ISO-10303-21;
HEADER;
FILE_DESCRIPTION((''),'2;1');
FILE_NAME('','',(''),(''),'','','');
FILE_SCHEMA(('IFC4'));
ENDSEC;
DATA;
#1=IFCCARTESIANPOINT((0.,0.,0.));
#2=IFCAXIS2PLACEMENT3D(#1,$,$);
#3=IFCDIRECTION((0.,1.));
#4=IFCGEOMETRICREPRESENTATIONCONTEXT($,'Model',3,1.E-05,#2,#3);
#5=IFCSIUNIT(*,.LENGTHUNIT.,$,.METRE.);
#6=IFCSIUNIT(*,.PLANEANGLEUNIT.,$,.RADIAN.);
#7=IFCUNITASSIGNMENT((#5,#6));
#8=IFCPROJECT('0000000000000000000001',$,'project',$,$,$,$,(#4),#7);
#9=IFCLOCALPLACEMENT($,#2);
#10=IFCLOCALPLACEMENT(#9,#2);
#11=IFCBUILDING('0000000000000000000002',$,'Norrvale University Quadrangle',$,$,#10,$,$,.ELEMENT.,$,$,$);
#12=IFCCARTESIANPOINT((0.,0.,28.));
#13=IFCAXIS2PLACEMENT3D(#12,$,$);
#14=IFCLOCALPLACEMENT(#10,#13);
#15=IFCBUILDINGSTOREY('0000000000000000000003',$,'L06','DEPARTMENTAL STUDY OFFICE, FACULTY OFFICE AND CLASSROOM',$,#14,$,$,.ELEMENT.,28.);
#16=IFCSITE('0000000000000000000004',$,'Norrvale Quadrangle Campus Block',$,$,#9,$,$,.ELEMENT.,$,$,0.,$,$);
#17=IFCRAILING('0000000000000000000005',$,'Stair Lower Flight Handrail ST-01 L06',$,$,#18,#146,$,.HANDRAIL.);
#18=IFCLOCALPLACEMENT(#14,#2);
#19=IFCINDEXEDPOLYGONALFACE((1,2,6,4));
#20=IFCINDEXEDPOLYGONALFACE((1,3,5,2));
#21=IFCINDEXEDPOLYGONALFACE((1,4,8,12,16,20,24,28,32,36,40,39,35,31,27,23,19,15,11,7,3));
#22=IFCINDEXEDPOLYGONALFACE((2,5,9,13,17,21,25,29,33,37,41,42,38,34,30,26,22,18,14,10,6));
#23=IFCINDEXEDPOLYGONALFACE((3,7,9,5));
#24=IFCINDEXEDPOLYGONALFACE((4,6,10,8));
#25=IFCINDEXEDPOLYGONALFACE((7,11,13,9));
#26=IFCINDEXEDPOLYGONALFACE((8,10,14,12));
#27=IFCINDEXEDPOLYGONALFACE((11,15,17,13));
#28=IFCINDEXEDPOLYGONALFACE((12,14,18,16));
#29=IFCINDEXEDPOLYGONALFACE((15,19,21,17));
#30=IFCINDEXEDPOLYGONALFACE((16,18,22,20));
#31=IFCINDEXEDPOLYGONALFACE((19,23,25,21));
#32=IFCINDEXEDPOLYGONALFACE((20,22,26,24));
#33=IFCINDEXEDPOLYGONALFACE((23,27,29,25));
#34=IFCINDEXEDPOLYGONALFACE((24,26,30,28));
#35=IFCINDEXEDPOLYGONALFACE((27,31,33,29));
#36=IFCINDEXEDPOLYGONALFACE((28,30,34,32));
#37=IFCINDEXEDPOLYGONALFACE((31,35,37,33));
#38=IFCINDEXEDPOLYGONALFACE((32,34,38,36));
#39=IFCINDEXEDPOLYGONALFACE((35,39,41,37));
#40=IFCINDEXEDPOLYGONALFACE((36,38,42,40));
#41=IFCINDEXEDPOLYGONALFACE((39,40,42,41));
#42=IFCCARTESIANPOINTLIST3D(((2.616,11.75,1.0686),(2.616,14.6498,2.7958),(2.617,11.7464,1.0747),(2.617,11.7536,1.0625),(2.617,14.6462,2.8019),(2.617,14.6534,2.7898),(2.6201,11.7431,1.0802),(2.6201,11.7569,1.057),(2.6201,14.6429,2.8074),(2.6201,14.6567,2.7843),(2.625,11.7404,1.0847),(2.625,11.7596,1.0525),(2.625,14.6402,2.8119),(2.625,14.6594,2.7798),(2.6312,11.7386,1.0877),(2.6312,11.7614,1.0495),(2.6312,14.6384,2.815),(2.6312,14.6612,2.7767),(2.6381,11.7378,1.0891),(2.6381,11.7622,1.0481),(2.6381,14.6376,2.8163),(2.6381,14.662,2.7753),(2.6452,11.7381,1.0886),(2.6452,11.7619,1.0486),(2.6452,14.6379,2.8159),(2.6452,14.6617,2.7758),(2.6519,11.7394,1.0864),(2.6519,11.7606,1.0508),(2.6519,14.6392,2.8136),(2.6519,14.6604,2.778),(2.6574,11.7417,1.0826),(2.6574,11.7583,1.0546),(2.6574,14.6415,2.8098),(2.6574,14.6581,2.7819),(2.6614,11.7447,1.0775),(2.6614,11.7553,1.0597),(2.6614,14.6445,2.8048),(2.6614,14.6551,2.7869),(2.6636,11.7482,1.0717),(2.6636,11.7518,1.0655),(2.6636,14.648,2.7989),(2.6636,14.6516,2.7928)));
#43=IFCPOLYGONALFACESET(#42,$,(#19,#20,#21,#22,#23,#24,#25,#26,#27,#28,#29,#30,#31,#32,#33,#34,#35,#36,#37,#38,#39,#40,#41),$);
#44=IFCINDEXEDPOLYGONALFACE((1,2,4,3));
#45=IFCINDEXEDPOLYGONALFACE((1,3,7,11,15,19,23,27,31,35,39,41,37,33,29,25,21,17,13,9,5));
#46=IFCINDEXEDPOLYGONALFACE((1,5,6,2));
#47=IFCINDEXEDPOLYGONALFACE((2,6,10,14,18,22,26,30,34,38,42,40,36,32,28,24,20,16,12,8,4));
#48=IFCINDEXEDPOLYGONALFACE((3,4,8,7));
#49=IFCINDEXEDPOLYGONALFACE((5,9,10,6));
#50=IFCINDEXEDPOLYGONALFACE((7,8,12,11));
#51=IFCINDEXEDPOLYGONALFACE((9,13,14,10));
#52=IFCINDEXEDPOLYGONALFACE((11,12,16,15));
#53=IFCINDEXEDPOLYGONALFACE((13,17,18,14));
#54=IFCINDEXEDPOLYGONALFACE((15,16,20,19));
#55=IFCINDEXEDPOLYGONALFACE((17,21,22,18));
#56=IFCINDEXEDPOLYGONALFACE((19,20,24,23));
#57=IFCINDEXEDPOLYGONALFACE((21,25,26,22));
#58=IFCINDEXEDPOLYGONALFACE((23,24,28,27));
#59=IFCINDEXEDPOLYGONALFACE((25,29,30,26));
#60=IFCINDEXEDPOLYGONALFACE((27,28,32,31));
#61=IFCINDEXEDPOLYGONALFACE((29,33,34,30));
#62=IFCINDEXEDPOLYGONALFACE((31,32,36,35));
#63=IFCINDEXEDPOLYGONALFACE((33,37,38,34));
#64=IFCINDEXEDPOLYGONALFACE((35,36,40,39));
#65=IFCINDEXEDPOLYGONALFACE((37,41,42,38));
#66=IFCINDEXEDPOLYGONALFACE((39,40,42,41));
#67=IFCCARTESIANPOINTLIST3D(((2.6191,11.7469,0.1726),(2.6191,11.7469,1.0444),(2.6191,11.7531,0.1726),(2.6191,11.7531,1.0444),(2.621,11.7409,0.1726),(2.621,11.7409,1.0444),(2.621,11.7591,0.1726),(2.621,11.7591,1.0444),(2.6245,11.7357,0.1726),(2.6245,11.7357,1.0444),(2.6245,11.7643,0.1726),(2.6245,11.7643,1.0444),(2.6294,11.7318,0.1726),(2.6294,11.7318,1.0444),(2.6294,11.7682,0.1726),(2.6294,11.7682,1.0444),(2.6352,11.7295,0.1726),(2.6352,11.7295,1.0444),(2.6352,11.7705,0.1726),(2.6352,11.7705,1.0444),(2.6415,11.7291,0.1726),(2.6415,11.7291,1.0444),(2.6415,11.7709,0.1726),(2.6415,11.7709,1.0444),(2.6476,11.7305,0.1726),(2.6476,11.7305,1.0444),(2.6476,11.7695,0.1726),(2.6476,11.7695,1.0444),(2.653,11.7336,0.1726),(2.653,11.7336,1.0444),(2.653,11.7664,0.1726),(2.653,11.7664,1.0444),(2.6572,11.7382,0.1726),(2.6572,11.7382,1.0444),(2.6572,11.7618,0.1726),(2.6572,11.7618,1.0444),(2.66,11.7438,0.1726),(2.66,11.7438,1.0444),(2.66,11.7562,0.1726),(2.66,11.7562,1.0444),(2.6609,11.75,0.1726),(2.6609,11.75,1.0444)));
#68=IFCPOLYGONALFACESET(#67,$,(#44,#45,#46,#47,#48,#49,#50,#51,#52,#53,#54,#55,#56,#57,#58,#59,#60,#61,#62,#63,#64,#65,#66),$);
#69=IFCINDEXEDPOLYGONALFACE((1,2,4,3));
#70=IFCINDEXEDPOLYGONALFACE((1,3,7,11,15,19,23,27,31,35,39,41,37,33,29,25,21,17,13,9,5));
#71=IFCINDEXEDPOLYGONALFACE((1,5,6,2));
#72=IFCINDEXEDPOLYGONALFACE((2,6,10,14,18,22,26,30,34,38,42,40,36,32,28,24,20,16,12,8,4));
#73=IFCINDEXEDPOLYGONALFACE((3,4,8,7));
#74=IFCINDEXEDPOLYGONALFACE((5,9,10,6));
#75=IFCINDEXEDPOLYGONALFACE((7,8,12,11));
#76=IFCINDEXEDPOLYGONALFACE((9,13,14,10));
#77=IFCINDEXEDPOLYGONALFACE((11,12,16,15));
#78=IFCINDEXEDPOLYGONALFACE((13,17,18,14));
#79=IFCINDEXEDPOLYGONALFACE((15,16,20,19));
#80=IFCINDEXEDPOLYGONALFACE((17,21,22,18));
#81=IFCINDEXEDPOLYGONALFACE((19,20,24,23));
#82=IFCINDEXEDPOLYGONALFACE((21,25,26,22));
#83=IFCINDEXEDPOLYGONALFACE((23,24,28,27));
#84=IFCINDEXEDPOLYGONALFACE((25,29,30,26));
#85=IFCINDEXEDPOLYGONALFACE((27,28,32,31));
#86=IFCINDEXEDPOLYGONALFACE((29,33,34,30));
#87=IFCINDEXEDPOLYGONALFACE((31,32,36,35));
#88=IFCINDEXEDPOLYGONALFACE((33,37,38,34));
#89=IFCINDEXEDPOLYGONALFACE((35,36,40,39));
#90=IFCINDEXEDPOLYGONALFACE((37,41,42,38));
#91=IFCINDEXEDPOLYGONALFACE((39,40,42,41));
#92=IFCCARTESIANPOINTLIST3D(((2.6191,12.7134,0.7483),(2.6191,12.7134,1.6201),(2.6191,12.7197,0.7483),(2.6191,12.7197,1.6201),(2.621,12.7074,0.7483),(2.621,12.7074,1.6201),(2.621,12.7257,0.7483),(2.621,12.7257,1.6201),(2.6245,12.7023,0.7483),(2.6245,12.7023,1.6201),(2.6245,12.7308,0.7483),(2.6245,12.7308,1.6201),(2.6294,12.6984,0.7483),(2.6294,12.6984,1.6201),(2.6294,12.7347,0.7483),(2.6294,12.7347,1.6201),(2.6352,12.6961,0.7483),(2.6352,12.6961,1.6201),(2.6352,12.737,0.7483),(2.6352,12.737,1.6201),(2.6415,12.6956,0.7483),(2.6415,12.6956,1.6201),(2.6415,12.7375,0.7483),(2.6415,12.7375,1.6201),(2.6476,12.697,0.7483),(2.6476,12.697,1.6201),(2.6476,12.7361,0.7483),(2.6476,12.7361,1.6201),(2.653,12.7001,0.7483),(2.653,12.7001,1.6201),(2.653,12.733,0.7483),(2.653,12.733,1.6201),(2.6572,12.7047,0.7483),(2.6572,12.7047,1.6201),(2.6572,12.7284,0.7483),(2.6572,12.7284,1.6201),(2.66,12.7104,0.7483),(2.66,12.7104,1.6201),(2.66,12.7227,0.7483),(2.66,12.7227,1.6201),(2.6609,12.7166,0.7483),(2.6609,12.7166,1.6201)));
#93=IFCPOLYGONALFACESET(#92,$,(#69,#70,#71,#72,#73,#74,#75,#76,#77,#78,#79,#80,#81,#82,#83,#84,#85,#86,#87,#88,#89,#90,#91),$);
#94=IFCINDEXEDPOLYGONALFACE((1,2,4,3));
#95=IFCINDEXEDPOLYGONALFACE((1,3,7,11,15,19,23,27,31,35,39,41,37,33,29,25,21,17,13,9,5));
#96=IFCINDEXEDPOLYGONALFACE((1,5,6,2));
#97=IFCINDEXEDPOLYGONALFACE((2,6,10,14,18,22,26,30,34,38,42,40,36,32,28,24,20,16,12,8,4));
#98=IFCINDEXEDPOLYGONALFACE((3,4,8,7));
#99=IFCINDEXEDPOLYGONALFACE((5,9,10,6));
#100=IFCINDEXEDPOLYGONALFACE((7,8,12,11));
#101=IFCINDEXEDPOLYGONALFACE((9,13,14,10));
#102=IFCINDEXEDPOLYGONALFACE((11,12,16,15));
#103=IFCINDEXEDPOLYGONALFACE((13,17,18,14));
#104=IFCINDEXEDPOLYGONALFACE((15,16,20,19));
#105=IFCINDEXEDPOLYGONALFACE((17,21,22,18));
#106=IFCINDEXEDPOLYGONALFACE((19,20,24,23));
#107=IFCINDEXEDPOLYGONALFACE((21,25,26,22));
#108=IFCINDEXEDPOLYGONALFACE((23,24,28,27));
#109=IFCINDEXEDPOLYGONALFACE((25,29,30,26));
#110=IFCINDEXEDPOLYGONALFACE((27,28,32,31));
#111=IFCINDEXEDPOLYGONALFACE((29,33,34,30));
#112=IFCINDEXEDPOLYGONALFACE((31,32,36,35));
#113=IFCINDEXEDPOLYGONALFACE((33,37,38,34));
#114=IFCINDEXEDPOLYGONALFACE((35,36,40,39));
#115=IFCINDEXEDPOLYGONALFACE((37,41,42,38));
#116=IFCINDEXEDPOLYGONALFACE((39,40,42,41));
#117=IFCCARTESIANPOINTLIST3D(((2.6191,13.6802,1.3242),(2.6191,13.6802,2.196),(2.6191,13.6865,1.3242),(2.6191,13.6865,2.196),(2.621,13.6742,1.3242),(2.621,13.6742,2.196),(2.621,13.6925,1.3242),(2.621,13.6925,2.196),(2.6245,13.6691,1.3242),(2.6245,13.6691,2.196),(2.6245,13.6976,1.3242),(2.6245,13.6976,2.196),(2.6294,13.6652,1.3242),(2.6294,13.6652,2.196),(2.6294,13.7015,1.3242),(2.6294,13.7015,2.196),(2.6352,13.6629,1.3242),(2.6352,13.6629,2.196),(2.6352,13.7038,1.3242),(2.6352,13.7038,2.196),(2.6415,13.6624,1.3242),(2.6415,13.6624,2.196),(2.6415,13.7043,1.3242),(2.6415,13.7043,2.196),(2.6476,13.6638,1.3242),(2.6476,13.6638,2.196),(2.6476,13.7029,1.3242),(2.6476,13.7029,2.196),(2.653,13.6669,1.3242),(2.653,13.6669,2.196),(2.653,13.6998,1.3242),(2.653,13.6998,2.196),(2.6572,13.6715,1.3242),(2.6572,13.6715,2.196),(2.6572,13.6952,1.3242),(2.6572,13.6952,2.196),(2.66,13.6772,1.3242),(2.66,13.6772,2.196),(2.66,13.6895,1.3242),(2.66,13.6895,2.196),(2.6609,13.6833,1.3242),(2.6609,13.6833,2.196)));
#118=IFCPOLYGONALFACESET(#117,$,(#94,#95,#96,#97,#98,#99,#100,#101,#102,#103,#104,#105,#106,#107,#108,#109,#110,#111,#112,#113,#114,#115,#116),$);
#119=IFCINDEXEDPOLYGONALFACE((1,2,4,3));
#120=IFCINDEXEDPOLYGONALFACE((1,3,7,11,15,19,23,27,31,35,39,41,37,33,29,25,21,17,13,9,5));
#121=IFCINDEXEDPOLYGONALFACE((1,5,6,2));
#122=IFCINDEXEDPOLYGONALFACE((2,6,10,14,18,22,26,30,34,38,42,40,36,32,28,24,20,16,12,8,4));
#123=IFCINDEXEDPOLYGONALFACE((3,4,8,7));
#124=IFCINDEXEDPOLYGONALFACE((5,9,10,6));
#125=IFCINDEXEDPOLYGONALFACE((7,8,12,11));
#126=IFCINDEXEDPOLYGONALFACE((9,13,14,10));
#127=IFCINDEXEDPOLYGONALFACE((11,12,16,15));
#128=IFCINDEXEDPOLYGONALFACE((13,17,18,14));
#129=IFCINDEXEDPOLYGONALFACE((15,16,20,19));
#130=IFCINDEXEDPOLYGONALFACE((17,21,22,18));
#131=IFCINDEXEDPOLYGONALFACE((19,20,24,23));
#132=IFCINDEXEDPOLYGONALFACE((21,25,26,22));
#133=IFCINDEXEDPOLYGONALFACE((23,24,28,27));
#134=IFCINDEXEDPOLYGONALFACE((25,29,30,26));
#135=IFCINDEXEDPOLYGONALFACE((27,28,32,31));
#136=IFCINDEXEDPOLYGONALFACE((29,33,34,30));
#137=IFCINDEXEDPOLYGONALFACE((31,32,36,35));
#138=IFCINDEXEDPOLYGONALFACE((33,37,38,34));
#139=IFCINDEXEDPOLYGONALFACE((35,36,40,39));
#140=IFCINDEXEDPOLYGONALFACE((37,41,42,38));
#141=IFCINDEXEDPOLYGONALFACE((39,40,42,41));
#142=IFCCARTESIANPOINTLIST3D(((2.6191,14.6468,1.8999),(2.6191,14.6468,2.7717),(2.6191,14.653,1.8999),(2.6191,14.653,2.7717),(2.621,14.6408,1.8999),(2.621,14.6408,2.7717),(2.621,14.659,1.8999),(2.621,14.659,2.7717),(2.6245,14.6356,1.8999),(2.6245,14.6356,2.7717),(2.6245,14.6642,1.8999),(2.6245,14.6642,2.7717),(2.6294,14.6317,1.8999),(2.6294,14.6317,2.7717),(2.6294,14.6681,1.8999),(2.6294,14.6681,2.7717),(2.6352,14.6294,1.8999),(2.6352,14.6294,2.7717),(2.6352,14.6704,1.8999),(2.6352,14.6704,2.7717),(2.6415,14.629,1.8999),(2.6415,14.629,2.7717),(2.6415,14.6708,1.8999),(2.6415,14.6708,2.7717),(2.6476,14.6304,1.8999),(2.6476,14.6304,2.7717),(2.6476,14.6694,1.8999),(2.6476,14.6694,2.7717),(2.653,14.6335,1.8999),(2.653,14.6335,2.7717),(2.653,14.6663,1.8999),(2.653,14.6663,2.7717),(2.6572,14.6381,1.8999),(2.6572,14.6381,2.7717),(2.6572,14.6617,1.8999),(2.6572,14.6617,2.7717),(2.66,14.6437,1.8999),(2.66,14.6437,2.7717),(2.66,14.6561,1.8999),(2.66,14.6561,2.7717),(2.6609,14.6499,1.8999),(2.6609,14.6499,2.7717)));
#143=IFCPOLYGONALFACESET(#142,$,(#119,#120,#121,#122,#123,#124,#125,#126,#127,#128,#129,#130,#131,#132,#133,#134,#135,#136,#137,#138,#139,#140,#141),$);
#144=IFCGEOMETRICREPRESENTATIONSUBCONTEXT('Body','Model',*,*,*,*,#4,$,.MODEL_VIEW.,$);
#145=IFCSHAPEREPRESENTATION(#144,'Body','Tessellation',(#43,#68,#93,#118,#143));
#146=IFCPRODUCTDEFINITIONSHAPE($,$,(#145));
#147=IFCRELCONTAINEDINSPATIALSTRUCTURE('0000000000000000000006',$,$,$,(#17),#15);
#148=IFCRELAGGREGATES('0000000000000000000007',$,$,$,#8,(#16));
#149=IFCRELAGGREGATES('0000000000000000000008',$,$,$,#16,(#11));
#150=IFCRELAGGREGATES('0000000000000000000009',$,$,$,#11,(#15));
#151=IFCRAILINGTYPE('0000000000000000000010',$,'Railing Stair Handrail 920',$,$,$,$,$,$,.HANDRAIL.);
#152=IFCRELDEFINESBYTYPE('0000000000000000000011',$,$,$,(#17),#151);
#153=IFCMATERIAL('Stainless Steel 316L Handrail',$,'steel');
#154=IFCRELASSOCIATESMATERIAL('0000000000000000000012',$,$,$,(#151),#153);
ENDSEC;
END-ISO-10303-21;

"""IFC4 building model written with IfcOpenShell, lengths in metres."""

from ifc_helpers import new_model, si_unit, direction, frame, origin, origin_2d, place, context, subcontext, project, spatial, circle, extrude, material, type_object, element, save


model = new_model("IFC4")

# Units and contexts
model_context = context("Model", 3, precision=1e-05, world=origin(), true_north=direction((0.0, 1.0)))
body_context = subcontext(model_context, "Body", "Model", "MODEL_VIEW")
ifc_project = project(units=[si_unit("LENGTHUNIT", "METRE"), si_unit("PLANEANGLEUNIT", "RADIAN")], contexts=[model_context])

# Site, building, storey
site_placement = place(None, origin())
site = spatial("IfcSite", under=ifc_project, at=site_placement, Name="Norrvale Quadrangle Campus Block", CompositionType="ELEMENT", RefElevation=0.0)
building_placement = place(site_placement, origin())
building = spatial("IfcBuilding", under=site, at=building_placement, Name="Norrvale University Quadrangle", CompositionType="ELEMENT")
storey_placement = place(building_placement, frame((0.0, 0.0, 28.0)))
storey = spatial("IfcBuildingStorey", under=building, at=storey_placement, Name="L06", Description="DEPARTMENTAL STUDY OFFICE, FACULTY OFFICE AND CLASSROOM", CompositionType="ELEMENT", Elevation=28.0)

# Railing
ifc_material_1 = material(Name="Stainless Steel 316L Handrail", Category="steel")
railing_type_1 = type_object("IfcRailingType", Name="Railing Stair Handrail 920", PredefinedType="HANDRAIL", material=ifc_material_1)
railing_1_placement = place(storey_placement, frame((2.6399, 11.75, 0.1726)))
element("IfcRailing", 1, at=railing_1_placement, inside=storey, type_object=railing_type_1, Name="Stair Lower Flight Handrail ST-01 L06", PredefinedType="HANDRAIL", context=body_context, shape_type="SweptSolid", body=[
    extrude(circle(Radius=0.0239, at=origin_2d()), frame((0.0, 0.0, 0.896), z_axis=(0.0, 0.859141, 0.511738), x_axis=(-1.0, 0.0, 0.0)), (0.0, 0.0, 1.0), 3.3752),
    extrude(circle(Radius=0.021, at=origin_2d()), origin(), (0.0, 0.0, 1.0), 0.8718),
    extrude(circle(Radius=0.021, at=origin_2d()), frame((0.0, 0.9666, 0.5757)), (0.0, 0.0, 1.0), 0.8718),
    extrude(circle(Radius=0.021, at=origin_2d()), frame((0.0, 1.9333, 1.1516)), (0.0, 0.0, 1.0), 0.8718),
    extrude(circle(Radius=0.021, at=origin_2d()), frame((0.0, 2.8999, 1.7273)), (0.0, 0.0, 1.0), 0.8718),
])

save(model, "model.ifc")
